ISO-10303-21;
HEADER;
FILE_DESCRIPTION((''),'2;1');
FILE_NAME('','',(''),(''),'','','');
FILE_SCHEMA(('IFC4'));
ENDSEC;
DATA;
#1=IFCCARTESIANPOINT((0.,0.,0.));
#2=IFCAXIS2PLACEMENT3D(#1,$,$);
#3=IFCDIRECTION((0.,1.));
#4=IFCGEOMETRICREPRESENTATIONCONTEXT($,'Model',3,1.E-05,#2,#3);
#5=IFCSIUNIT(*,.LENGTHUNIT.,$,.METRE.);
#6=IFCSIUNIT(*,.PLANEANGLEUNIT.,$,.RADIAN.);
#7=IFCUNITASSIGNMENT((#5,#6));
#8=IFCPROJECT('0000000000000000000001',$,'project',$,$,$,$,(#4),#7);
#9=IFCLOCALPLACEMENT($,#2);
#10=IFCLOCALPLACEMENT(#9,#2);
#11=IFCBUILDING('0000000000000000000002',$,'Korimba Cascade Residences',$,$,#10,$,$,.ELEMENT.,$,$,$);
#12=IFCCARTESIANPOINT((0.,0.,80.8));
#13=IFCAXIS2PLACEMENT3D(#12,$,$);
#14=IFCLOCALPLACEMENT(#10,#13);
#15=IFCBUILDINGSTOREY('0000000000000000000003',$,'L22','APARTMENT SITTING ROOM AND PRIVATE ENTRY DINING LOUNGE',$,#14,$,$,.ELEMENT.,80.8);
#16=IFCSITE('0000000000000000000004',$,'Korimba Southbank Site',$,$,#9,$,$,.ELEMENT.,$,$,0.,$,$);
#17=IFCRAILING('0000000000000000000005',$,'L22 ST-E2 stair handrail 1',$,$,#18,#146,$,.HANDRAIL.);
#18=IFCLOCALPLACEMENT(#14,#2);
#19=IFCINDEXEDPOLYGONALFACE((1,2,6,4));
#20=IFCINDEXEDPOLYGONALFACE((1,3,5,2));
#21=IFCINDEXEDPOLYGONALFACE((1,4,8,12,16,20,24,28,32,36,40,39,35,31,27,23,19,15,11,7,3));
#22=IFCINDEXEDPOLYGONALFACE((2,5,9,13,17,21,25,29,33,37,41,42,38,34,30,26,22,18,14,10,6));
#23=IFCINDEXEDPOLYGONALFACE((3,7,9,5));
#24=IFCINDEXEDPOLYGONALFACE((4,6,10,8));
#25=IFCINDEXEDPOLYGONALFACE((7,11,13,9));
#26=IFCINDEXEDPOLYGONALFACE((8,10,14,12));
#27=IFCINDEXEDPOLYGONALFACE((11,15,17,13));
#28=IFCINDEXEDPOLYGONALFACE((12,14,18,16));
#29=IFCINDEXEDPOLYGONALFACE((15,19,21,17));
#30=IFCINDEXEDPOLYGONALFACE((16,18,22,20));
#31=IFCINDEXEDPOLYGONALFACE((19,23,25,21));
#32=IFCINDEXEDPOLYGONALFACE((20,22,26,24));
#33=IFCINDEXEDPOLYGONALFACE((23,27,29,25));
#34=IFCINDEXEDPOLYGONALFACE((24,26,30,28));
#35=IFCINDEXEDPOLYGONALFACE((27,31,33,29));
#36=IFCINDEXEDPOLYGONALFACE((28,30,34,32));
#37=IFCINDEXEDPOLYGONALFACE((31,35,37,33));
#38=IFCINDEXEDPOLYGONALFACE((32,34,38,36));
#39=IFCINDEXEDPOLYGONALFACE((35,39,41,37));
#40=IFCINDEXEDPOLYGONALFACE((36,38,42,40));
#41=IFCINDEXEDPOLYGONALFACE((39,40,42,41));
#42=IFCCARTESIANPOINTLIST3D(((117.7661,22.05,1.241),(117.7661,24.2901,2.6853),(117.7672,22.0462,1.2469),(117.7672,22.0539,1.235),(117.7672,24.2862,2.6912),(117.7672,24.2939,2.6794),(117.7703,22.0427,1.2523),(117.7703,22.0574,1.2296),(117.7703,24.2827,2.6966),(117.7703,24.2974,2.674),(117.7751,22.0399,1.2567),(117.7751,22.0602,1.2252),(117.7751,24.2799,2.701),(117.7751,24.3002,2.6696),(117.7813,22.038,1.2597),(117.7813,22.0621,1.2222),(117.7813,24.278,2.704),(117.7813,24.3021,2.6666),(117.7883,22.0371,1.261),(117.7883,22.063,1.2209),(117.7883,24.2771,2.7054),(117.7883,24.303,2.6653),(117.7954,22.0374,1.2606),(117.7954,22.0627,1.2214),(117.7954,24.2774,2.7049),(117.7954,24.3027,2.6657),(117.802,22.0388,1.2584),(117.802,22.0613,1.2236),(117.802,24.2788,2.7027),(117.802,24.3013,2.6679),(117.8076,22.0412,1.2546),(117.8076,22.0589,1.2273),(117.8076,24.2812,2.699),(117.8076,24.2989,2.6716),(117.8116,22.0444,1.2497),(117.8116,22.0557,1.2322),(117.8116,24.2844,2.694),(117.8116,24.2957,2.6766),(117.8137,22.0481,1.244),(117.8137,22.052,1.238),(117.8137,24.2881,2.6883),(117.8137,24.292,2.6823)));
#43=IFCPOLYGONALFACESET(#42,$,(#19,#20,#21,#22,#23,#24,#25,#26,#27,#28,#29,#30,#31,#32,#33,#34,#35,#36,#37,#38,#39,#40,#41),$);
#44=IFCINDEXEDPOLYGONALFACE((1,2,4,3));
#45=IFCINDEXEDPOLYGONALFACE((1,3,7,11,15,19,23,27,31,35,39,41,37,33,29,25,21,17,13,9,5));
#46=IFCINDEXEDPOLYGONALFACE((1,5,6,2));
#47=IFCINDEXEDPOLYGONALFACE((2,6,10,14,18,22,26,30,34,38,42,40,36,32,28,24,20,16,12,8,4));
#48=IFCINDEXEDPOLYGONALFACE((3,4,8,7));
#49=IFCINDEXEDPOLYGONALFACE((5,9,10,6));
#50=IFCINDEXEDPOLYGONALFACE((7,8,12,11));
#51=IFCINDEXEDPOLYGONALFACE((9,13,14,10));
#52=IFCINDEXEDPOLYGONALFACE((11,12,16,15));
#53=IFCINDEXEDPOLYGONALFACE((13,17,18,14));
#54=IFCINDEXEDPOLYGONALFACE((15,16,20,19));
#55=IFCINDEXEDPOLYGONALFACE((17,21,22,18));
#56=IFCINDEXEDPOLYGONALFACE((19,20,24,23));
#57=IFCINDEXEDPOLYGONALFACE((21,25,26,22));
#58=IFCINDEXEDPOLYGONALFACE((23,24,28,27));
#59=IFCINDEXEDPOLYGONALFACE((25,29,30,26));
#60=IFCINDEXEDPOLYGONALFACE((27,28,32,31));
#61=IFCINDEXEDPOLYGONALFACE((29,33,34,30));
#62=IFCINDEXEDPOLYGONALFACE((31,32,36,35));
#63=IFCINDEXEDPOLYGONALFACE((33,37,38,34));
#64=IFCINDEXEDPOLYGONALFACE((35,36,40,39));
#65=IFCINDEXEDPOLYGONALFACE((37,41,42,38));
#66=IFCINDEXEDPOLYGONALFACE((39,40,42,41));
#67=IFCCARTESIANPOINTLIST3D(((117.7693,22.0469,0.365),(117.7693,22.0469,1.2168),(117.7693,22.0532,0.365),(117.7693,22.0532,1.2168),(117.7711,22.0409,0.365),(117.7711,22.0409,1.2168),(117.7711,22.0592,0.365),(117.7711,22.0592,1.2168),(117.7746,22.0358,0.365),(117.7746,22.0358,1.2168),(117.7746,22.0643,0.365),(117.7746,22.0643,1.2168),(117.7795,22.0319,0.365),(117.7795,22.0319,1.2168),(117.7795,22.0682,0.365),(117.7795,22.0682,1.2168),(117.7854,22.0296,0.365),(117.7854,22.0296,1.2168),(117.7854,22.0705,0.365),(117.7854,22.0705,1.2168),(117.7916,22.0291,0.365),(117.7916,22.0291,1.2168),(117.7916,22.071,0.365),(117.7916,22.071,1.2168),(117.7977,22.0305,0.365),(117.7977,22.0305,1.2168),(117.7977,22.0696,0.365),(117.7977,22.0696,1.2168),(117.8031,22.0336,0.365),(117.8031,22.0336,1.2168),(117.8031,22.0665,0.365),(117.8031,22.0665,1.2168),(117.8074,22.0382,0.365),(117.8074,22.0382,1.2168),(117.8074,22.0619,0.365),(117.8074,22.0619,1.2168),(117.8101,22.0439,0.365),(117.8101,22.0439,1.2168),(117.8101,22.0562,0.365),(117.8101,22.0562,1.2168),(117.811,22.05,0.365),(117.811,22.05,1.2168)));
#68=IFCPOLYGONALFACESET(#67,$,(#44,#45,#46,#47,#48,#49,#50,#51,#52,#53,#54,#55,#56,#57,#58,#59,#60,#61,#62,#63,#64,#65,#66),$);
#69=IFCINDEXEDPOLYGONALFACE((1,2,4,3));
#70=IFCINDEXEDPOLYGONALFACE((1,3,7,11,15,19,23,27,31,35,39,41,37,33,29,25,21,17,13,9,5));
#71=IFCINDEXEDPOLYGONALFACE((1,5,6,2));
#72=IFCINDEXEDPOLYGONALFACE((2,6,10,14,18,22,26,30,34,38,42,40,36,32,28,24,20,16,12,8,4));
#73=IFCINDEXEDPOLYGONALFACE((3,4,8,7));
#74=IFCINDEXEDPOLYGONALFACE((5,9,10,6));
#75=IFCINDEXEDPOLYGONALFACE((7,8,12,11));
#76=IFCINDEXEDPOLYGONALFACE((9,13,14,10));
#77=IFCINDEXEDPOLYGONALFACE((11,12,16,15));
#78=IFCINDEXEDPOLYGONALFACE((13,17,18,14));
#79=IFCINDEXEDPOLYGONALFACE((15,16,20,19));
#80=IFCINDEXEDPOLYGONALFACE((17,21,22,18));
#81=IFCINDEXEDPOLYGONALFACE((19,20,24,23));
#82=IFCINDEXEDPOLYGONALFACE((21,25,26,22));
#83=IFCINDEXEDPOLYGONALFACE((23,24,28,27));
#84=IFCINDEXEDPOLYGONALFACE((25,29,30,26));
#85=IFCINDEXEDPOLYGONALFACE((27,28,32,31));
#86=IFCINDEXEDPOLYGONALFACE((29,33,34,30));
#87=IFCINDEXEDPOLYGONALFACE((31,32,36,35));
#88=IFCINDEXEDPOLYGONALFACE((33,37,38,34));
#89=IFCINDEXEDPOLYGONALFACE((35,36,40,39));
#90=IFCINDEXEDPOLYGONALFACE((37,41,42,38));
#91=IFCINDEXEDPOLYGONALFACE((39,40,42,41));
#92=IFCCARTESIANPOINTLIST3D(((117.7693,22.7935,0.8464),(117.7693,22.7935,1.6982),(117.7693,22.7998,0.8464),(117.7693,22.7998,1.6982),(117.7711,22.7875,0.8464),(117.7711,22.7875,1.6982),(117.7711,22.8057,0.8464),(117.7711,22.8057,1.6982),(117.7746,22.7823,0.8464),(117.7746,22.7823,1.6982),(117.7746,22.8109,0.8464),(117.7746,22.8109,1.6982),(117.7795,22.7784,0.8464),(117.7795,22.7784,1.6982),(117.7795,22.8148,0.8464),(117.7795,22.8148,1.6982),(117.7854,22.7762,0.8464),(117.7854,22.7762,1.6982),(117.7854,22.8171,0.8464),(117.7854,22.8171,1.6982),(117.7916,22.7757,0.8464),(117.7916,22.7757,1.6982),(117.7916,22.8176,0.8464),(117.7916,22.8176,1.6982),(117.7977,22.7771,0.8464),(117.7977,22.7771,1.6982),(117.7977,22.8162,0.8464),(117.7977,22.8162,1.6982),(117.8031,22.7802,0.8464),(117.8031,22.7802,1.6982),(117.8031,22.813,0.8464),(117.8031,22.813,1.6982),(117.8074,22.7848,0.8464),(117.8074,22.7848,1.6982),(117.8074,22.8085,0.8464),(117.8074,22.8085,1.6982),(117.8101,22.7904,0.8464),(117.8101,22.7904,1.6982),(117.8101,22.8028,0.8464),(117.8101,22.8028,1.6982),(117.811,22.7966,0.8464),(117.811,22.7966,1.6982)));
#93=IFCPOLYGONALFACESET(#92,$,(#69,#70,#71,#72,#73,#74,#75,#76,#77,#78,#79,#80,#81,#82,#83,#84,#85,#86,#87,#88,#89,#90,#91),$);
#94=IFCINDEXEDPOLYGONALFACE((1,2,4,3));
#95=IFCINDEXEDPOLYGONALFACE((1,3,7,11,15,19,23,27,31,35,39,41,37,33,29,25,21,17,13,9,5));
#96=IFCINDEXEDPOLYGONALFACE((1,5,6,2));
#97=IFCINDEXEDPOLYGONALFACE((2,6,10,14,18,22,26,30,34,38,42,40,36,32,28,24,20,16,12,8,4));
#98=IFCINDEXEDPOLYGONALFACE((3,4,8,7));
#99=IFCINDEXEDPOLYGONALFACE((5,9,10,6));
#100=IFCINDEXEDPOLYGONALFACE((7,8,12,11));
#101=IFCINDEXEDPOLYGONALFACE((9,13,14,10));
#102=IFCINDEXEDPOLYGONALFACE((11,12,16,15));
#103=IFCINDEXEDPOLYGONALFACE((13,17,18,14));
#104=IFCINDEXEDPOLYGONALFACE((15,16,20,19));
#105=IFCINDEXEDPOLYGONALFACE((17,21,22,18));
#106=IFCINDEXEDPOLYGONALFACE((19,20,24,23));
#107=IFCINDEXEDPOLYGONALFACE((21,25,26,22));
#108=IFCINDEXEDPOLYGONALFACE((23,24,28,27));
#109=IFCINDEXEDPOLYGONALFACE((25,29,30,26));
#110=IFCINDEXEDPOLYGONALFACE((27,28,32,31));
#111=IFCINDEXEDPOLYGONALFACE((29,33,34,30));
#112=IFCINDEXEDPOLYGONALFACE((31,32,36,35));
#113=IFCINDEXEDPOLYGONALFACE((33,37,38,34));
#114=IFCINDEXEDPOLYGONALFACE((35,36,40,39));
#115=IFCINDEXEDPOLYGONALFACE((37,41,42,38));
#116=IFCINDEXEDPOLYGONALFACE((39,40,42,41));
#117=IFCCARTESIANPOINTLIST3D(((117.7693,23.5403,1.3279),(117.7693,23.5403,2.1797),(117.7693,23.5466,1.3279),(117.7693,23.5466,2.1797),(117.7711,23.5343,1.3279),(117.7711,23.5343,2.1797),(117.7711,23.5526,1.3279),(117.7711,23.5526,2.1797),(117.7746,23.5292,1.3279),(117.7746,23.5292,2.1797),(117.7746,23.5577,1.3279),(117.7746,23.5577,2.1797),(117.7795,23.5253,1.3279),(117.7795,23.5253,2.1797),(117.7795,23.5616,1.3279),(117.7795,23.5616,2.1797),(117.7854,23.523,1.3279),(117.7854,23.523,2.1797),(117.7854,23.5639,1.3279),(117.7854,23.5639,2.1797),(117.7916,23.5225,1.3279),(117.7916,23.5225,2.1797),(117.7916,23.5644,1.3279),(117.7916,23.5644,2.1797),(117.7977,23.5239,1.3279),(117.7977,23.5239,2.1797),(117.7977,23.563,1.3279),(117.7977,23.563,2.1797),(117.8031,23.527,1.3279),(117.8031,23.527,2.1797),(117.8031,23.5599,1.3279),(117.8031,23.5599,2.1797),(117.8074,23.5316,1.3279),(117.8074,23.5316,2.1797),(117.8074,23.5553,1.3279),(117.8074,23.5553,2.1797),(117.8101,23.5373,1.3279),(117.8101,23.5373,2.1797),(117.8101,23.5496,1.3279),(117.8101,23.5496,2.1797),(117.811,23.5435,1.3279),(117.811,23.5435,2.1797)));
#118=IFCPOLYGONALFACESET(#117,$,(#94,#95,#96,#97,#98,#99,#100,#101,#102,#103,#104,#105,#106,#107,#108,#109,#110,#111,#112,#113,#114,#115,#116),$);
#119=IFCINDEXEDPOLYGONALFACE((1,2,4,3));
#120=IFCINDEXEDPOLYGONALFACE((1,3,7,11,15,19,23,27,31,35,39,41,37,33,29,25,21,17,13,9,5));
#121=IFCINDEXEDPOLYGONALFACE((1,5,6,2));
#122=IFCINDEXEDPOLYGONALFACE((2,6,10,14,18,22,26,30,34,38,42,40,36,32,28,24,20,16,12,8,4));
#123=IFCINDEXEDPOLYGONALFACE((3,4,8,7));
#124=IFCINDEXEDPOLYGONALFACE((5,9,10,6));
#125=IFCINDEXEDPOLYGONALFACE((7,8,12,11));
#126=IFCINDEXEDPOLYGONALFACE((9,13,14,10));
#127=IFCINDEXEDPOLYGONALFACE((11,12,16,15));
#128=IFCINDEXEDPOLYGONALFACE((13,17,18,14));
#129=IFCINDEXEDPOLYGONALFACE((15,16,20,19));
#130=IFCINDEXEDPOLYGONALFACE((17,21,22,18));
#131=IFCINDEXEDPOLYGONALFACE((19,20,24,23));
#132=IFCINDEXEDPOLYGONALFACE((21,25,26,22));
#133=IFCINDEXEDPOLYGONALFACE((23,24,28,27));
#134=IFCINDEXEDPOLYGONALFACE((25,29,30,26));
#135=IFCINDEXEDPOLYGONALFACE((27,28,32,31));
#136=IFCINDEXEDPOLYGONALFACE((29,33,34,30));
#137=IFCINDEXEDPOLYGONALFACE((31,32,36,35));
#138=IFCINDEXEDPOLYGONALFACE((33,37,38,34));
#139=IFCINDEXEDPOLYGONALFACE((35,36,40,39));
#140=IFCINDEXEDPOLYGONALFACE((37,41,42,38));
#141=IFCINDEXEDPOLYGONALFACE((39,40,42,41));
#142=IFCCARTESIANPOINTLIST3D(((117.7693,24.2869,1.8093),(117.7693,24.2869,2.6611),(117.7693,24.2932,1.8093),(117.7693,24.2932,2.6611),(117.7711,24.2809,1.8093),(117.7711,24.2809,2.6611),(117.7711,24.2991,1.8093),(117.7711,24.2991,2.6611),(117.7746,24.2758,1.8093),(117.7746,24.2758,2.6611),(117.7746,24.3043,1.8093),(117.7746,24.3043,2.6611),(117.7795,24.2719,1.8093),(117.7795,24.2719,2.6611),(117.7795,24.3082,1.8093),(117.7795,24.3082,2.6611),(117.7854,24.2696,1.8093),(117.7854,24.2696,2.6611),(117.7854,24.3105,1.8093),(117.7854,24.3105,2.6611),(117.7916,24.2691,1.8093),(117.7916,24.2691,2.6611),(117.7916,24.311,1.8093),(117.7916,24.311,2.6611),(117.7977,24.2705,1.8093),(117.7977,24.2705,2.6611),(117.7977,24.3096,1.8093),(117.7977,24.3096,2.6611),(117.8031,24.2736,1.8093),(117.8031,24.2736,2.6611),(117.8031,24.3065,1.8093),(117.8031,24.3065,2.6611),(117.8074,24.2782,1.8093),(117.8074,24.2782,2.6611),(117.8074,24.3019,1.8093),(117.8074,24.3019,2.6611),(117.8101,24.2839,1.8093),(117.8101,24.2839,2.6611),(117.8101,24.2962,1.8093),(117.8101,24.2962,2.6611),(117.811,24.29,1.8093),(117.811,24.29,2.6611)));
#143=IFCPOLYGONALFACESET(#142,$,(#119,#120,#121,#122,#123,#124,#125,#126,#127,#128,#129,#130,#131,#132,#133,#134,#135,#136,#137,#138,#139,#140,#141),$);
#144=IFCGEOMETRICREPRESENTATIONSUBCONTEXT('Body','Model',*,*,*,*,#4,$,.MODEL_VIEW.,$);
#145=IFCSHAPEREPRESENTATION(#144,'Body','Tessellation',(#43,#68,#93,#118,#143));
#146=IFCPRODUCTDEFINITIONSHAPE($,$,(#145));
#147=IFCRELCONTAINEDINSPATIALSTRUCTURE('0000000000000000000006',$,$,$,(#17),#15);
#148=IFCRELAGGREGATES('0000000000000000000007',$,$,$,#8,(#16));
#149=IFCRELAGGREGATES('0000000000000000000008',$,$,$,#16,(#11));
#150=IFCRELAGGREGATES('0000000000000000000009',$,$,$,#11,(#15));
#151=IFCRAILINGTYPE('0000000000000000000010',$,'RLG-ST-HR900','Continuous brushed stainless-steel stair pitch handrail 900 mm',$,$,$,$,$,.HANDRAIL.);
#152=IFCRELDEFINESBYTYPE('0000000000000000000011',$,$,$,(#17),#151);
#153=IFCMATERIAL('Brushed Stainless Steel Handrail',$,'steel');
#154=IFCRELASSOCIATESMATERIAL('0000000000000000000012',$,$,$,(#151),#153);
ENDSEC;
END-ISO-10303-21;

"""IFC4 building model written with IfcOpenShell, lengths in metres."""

from ifc_helpers import new_model, si_unit, direction, frame, origin, origin_2d, place, context, subcontext, project, spatial, circle, extrude, material, type_object, element, save


model = new_model("IFC4")

# Units and contexts
model_context = context("Model", 3, precision=1e-05, world=origin(), true_north=direction((0.0, 1.0)))
body_context = subcontext(model_context, "Body", "Model", "MODEL_VIEW")
ifc_project = project(units=[si_unit("LENGTHUNIT", "METRE"), si_unit("PLANEANGLEUNIT", "RADIAN")], contexts=[model_context])

# Site, building, storey
site_placement = place(None, origin())
site = spatial("IfcSite", under=ifc_project, at=site_placement, Name="Korimba Southbank Site", CompositionType="ELEMENT", RefElevation=0.0)
building_placement = place(site_placement, origin())
building = spatial("IfcBuilding", under=site, at=building_placement, Name="Korimba Cascade Residences", CompositionType="ELEMENT")
storey_placement = place(building_placement, frame((0.0, 0.0, 80.8)))
storey = spatial("IfcBuildingStorey", under=building, at=storey_placement, Name="L22", Description="APARTMENT SITTING ROOM AND PRIVATE ENTRY DINING LOUNGE", CompositionType="ELEMENT", Elevation=80.8)

# Railing
ifc_material_1 = material(Name="Brushed Stainless Steel Handrail", Category="steel")
railing_type = type_object("IfcRailingType", Name="RLG-ST-HR900", Description="Continuous brushed stainless-steel stair pitch handrail 900 mm", PredefinedType="HANDRAIL", material=ifc_material_1)
railing_placement = place(storey_placement, frame((117.79, 22.05, 0.365)))
element("IfcRailing", 1, at=railing_placement, inside=storey, type_object=railing_type, Name="L22 ST-E2 stair handrail 1", PredefinedType="HANDRAIL", context=body_context, shape_type="SweptSolid", body=[
    extrude(circle(Radius=0.0239, at=origin_2d()), frame((0.0, 0.0, 0.876), z_axis=(0.0, 0.840437, 0.54191), x_axis=(-1.0, 0.0, 0.0)), (0.0, 0.0, 1.0), 2.6653),
    extrude(circle(Radius=0.021, at=origin_2d()), origin(), (0.0, 0.0, 1.0), 0.8518),
    extrude(circle(Radius=0.021, at=origin_2d()), frame((0.0, 0.7466, 0.4814)), (0.0, 0.0, 1.0), 0.8518),
    extrude(circle(Radius=0.021, at=origin_2d()), frame((0.0, 1.4934, 0.9629)), (0.0, 0.0, 1.0), 0.8518),
    extrude(circle(Radius=0.021, at=origin_2d()), frame((0.0, 2.24, 1.4443)), (0.0, 0.0, 1.0), 0.8518),
])

save(model, "model.ifc")
